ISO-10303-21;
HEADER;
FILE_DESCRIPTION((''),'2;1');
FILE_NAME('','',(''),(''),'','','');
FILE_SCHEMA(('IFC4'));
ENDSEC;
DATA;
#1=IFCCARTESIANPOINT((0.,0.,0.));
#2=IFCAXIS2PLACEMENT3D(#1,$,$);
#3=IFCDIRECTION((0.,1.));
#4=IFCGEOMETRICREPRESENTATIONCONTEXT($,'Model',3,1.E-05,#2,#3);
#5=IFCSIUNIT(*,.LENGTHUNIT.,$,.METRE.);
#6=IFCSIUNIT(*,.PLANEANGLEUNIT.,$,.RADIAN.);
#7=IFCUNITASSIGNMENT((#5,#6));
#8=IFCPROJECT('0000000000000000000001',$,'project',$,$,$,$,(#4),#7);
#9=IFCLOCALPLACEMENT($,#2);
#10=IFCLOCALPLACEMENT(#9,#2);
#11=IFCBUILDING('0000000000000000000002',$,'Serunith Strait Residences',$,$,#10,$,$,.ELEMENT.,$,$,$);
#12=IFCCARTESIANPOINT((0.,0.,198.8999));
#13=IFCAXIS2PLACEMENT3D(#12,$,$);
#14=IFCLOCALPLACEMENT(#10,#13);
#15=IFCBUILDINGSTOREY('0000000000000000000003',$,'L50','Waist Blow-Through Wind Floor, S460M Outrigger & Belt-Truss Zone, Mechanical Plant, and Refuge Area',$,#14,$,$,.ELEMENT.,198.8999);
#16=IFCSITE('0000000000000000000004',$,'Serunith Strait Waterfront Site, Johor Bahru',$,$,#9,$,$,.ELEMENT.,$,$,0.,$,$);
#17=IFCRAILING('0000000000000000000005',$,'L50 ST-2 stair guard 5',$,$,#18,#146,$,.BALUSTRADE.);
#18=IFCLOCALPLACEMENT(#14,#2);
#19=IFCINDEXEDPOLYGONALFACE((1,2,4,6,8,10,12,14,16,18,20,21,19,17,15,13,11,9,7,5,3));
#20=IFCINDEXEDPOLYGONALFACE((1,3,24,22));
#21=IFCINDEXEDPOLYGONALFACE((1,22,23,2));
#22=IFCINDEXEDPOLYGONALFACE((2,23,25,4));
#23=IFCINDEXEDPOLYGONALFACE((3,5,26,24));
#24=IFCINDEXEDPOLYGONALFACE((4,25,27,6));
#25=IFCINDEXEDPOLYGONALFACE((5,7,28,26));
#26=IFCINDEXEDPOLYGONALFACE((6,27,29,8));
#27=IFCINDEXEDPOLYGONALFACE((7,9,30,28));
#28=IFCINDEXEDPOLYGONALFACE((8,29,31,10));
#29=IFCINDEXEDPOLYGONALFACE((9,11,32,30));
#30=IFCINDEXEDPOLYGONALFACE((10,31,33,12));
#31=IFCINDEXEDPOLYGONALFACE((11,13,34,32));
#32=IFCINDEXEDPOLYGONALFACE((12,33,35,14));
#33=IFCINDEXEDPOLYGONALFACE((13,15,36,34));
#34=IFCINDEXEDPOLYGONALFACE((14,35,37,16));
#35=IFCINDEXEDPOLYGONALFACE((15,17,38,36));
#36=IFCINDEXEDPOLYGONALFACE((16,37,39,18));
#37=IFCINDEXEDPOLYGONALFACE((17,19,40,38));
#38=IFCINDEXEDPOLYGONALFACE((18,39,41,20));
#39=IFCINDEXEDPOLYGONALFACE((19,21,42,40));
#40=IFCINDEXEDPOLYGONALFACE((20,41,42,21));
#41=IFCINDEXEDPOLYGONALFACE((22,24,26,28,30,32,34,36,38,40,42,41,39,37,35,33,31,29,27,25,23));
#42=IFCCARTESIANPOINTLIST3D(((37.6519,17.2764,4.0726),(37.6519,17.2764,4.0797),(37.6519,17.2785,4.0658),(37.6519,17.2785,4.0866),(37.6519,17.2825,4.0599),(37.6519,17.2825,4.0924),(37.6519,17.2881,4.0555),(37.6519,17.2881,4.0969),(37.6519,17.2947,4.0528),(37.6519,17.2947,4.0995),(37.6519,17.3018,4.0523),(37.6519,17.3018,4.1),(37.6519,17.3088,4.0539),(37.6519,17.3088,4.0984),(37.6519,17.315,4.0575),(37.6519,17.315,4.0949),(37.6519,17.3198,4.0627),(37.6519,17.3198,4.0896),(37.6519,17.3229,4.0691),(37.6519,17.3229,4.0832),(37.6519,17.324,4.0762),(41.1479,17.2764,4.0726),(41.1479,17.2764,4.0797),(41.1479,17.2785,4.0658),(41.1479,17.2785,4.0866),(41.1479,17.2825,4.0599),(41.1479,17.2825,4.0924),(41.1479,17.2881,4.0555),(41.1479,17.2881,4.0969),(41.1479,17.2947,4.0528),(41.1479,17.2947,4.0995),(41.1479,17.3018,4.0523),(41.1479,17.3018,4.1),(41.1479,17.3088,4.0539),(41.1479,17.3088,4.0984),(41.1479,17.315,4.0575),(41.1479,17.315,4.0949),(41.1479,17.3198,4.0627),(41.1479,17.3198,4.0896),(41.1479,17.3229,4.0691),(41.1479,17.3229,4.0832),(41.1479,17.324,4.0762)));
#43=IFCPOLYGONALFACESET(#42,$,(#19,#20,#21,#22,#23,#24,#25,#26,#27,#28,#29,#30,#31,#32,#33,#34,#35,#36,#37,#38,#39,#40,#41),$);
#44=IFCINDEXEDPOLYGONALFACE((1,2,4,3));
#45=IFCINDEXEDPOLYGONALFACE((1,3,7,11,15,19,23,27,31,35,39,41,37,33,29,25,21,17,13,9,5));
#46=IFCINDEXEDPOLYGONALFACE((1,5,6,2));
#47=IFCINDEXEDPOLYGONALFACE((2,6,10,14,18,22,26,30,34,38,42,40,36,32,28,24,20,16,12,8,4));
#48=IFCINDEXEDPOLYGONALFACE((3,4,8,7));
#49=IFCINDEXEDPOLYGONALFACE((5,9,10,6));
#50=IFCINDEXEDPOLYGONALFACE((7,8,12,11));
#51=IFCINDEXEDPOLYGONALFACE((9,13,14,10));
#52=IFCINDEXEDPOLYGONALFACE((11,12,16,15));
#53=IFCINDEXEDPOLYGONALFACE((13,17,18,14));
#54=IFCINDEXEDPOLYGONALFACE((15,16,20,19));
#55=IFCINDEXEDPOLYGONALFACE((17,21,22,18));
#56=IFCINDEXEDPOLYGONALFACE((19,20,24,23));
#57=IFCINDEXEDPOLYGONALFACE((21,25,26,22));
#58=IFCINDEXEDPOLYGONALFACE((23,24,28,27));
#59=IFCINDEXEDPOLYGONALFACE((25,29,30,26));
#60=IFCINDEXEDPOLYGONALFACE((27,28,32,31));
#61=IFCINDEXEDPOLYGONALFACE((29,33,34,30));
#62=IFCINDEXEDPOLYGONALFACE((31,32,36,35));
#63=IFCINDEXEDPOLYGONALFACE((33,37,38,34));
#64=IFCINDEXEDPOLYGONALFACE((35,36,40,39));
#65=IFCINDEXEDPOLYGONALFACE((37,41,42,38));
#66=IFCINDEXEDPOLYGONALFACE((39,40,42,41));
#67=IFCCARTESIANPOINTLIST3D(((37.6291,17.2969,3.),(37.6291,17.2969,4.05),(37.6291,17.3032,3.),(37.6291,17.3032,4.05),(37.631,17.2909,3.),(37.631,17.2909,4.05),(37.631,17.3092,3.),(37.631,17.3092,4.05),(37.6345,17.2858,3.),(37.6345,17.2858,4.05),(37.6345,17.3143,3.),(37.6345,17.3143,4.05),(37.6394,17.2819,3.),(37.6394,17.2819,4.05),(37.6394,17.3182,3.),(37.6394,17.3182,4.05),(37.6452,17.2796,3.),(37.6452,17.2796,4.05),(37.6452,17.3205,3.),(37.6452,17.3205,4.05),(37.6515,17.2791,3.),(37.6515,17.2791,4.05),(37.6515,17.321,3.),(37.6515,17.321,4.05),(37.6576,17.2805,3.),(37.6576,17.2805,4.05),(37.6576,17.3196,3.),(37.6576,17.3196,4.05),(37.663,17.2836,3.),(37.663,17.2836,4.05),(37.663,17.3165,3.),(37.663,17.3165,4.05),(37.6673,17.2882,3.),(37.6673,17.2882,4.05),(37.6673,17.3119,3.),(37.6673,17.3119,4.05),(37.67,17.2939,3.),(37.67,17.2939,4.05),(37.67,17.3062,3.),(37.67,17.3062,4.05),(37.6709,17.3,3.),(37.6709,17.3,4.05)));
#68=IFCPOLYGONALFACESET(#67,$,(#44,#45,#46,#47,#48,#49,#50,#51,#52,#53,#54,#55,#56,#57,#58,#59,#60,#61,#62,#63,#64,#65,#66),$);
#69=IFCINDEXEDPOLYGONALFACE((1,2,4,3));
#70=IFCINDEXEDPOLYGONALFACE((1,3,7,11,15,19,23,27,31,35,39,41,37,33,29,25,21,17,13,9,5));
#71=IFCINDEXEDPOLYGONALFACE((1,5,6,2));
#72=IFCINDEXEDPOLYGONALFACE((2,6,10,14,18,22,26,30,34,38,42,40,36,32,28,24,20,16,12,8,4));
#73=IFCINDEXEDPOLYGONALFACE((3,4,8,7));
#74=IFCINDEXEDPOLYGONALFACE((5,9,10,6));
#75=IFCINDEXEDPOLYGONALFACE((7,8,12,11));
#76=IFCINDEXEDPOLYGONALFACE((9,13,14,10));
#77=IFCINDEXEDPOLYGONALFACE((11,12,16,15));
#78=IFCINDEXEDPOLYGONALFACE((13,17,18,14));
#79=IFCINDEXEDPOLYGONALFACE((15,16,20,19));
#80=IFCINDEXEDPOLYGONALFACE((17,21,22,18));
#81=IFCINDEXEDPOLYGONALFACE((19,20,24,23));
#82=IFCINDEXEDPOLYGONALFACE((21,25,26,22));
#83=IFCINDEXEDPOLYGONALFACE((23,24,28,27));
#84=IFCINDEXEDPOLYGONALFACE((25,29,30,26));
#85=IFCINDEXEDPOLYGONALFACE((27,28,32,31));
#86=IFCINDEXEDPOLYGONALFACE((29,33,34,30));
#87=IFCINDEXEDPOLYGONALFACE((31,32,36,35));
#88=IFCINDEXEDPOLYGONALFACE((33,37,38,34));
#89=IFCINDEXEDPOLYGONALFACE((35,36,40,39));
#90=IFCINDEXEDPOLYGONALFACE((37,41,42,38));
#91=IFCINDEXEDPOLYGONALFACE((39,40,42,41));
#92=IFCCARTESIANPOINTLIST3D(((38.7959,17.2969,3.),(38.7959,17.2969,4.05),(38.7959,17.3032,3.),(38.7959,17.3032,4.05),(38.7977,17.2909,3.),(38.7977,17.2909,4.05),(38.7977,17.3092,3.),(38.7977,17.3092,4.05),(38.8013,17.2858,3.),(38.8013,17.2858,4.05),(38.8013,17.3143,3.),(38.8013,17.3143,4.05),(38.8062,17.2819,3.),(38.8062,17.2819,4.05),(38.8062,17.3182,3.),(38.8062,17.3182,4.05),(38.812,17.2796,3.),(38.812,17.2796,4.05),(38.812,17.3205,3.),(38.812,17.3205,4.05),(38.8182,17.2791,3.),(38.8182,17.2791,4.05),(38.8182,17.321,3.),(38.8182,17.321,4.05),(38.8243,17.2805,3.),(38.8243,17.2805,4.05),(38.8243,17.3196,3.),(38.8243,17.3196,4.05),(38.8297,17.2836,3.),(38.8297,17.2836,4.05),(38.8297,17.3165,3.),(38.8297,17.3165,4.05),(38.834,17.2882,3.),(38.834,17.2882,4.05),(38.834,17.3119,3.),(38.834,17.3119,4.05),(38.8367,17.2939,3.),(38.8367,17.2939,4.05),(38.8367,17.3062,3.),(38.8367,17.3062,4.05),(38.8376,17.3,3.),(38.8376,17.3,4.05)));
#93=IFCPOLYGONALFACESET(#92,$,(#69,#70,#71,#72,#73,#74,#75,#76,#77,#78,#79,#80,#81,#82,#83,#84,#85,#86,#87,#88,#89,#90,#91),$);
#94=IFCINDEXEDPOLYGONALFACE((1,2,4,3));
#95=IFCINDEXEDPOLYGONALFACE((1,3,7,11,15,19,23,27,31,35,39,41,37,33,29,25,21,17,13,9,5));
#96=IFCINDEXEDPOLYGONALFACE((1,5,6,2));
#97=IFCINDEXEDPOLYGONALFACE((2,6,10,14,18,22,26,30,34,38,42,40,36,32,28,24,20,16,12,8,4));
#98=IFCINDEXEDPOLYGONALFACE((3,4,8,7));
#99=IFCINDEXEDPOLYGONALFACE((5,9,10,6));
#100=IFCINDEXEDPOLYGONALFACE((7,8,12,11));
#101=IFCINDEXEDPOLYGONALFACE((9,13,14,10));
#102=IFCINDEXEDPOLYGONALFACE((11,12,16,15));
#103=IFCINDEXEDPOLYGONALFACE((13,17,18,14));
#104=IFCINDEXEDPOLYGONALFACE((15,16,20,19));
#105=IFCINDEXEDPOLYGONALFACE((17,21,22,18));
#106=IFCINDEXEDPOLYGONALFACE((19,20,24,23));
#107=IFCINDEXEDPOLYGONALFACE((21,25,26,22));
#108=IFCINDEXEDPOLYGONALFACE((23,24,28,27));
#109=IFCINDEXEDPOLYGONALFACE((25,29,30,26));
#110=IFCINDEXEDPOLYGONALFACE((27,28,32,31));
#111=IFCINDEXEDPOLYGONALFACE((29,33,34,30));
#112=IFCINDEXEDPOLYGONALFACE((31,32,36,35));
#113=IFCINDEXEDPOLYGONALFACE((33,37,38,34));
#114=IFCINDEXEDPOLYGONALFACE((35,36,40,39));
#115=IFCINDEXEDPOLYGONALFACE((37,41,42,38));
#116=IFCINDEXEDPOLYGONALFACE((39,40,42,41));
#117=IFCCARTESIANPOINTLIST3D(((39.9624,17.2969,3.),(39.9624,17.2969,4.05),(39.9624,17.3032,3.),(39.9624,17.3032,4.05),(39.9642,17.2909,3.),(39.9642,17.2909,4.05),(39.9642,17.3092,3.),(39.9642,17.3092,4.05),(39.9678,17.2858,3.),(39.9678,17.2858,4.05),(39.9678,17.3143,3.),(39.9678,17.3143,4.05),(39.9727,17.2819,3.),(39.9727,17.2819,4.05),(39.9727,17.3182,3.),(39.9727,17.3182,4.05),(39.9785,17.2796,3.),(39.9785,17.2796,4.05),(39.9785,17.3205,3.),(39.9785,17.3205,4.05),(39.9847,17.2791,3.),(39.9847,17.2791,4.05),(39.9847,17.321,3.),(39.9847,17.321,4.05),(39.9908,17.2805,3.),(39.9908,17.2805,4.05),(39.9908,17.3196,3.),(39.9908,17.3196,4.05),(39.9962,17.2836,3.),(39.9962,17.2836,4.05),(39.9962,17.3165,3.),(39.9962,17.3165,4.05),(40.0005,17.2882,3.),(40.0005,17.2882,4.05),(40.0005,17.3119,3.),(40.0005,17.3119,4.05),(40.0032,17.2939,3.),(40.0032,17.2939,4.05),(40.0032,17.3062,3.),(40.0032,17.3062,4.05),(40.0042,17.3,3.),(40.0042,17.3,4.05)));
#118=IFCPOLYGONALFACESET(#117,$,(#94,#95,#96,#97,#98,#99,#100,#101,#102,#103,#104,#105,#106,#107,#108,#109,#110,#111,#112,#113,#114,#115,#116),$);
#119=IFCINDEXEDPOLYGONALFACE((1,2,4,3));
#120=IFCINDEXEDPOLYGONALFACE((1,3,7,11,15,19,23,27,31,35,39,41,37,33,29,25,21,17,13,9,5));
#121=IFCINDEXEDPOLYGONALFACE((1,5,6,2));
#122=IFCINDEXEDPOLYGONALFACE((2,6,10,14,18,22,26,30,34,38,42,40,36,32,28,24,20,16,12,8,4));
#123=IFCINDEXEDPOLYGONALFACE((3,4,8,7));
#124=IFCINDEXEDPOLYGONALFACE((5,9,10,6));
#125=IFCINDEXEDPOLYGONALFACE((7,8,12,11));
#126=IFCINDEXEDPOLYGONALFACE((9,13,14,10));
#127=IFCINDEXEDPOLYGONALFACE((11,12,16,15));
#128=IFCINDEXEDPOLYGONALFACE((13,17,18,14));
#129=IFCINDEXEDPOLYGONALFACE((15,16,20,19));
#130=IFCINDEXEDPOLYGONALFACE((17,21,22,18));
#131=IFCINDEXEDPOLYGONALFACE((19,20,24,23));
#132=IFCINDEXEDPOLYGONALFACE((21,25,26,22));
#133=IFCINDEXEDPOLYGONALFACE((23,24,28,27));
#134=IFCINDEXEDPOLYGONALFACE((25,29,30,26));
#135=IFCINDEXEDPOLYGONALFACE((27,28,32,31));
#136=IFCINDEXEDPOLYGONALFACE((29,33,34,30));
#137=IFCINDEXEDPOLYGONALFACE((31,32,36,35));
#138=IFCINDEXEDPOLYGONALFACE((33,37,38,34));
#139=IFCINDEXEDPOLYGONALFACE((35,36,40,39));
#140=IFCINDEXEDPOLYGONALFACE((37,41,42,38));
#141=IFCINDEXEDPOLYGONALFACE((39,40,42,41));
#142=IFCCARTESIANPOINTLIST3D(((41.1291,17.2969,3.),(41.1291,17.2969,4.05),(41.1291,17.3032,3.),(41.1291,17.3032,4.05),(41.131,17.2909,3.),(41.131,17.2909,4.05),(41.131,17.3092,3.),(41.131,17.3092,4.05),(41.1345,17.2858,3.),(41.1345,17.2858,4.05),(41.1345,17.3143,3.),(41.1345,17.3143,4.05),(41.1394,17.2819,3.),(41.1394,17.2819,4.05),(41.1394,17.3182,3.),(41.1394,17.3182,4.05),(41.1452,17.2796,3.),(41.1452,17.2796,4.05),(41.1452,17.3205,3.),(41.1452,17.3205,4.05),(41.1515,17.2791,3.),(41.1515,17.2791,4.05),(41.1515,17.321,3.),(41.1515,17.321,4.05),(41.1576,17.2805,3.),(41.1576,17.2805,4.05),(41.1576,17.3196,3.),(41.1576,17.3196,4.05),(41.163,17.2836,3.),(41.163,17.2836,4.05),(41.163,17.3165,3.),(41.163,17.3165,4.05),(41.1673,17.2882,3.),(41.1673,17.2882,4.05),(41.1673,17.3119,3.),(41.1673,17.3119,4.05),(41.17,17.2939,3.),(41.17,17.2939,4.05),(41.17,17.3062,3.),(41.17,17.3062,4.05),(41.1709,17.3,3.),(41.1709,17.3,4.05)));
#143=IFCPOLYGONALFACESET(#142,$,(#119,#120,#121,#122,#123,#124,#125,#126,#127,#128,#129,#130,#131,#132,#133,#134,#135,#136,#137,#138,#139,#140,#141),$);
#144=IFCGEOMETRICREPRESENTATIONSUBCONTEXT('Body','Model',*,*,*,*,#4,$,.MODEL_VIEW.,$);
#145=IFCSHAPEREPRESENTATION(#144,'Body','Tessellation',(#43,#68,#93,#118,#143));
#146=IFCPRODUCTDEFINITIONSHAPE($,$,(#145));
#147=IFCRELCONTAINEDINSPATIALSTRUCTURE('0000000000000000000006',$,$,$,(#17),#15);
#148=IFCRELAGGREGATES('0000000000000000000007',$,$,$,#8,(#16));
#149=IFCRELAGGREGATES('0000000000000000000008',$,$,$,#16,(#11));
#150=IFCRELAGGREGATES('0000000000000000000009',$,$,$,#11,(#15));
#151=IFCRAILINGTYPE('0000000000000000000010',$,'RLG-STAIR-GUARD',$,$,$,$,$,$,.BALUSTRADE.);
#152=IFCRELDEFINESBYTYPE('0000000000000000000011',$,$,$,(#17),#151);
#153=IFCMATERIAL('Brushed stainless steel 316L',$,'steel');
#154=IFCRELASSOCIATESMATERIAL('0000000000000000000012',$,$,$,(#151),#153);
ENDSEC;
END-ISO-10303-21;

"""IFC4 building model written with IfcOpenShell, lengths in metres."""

from ifc_helpers import new_model, si_unit, direction, frame, origin, origin_2d, place, context, subcontext, project, spatial, circle, extrude, material, type_object, element, save


model = new_model("IFC4")

# Units and contexts
model_context = context("Model", 3, precision=1e-05, world=origin(), true_north=direction((0.0, 1.0)))
body_context = subcontext(model_context, "Body", "Model", "MODEL_VIEW")
ifc_project = project(units=[si_unit("LENGTHUNIT", "METRE"), si_unit("PLANEANGLEUNIT", "RADIAN")], contexts=[model_context])

# Site, building, storey
site_placement = place(None, origin())
site = spatial("IfcSite", under=ifc_project, at=site_placement, Name="Serunith Strait Waterfront Site, Johor Bahru", CompositionType="ELEMENT", RefElevation=0.0)
building_placement = place(site_placement, origin())
building = spatial("IfcBuilding", under=site, at=building_placement, Name="Serunith Strait Residences", CompositionType="ELEMENT")
storey_placement = place(building_placement, frame((0.0, 0.0, 198.8999)))
storey = spatial("IfcBuildingStorey", under=building, at=storey_placement, Name="L50", Description="Waist Blow-Through Wind Floor, S460M Outrigger & Belt-Truss Zone, Mechanical Plant, and Refuge Area", CompositionType="ELEMENT", Elevation=198.8999)

# Railing
ifc_material_1 = material(Name="Brushed stainless steel 316L", Category="steel")
railing_type_1 = type_object("IfcRailingType", Name="RLG-STAIR-GUARD", PredefinedType="BALUSTRADE", material=ifc_material_1)
railing_1_placement = place(storey_placement, frame((37.6499, 17.3, 3.0)))
element("IfcRailing", 1, at=railing_1_placement, inside=storey, type_object=railing_type_1, Name="L50 ST-2 stair guard 5", PredefinedType="BALUSTRADE", context=body_context, shape_type="SweptSolid", body=[
    extrude(circle(Radius=0.0239, at=origin_2d()), frame((0.002, 0.0, 1.0762), z_axis=(1.0, 0.0, 0.0), x_axis=(0.0, 1.0, 0.0)), (0.0, 0.0, 1.0), 3.4961),
    extrude(circle(Radius=0.021, at=origin_2d()), origin(), (0.0, 0.0, 1.0), 1.05),
    extrude(circle(Radius=0.021, at=origin_2d()), frame((1.1667, 0.0, 0.0)), (0.0, 0.0, 1.0), 1.05),
    extrude(circle(Radius=0.021, at=origin_2d()), frame((2.3333, 0.0, 0.0)), (0.0, 0.0, 1.0), 1.05),
    extrude(circle(Radius=0.021, at=origin_2d()), frame((3.5, 0.0, 0.0)), (0.0, 0.0, 1.0), 1.05),
])

save(model, "model.ifc")
